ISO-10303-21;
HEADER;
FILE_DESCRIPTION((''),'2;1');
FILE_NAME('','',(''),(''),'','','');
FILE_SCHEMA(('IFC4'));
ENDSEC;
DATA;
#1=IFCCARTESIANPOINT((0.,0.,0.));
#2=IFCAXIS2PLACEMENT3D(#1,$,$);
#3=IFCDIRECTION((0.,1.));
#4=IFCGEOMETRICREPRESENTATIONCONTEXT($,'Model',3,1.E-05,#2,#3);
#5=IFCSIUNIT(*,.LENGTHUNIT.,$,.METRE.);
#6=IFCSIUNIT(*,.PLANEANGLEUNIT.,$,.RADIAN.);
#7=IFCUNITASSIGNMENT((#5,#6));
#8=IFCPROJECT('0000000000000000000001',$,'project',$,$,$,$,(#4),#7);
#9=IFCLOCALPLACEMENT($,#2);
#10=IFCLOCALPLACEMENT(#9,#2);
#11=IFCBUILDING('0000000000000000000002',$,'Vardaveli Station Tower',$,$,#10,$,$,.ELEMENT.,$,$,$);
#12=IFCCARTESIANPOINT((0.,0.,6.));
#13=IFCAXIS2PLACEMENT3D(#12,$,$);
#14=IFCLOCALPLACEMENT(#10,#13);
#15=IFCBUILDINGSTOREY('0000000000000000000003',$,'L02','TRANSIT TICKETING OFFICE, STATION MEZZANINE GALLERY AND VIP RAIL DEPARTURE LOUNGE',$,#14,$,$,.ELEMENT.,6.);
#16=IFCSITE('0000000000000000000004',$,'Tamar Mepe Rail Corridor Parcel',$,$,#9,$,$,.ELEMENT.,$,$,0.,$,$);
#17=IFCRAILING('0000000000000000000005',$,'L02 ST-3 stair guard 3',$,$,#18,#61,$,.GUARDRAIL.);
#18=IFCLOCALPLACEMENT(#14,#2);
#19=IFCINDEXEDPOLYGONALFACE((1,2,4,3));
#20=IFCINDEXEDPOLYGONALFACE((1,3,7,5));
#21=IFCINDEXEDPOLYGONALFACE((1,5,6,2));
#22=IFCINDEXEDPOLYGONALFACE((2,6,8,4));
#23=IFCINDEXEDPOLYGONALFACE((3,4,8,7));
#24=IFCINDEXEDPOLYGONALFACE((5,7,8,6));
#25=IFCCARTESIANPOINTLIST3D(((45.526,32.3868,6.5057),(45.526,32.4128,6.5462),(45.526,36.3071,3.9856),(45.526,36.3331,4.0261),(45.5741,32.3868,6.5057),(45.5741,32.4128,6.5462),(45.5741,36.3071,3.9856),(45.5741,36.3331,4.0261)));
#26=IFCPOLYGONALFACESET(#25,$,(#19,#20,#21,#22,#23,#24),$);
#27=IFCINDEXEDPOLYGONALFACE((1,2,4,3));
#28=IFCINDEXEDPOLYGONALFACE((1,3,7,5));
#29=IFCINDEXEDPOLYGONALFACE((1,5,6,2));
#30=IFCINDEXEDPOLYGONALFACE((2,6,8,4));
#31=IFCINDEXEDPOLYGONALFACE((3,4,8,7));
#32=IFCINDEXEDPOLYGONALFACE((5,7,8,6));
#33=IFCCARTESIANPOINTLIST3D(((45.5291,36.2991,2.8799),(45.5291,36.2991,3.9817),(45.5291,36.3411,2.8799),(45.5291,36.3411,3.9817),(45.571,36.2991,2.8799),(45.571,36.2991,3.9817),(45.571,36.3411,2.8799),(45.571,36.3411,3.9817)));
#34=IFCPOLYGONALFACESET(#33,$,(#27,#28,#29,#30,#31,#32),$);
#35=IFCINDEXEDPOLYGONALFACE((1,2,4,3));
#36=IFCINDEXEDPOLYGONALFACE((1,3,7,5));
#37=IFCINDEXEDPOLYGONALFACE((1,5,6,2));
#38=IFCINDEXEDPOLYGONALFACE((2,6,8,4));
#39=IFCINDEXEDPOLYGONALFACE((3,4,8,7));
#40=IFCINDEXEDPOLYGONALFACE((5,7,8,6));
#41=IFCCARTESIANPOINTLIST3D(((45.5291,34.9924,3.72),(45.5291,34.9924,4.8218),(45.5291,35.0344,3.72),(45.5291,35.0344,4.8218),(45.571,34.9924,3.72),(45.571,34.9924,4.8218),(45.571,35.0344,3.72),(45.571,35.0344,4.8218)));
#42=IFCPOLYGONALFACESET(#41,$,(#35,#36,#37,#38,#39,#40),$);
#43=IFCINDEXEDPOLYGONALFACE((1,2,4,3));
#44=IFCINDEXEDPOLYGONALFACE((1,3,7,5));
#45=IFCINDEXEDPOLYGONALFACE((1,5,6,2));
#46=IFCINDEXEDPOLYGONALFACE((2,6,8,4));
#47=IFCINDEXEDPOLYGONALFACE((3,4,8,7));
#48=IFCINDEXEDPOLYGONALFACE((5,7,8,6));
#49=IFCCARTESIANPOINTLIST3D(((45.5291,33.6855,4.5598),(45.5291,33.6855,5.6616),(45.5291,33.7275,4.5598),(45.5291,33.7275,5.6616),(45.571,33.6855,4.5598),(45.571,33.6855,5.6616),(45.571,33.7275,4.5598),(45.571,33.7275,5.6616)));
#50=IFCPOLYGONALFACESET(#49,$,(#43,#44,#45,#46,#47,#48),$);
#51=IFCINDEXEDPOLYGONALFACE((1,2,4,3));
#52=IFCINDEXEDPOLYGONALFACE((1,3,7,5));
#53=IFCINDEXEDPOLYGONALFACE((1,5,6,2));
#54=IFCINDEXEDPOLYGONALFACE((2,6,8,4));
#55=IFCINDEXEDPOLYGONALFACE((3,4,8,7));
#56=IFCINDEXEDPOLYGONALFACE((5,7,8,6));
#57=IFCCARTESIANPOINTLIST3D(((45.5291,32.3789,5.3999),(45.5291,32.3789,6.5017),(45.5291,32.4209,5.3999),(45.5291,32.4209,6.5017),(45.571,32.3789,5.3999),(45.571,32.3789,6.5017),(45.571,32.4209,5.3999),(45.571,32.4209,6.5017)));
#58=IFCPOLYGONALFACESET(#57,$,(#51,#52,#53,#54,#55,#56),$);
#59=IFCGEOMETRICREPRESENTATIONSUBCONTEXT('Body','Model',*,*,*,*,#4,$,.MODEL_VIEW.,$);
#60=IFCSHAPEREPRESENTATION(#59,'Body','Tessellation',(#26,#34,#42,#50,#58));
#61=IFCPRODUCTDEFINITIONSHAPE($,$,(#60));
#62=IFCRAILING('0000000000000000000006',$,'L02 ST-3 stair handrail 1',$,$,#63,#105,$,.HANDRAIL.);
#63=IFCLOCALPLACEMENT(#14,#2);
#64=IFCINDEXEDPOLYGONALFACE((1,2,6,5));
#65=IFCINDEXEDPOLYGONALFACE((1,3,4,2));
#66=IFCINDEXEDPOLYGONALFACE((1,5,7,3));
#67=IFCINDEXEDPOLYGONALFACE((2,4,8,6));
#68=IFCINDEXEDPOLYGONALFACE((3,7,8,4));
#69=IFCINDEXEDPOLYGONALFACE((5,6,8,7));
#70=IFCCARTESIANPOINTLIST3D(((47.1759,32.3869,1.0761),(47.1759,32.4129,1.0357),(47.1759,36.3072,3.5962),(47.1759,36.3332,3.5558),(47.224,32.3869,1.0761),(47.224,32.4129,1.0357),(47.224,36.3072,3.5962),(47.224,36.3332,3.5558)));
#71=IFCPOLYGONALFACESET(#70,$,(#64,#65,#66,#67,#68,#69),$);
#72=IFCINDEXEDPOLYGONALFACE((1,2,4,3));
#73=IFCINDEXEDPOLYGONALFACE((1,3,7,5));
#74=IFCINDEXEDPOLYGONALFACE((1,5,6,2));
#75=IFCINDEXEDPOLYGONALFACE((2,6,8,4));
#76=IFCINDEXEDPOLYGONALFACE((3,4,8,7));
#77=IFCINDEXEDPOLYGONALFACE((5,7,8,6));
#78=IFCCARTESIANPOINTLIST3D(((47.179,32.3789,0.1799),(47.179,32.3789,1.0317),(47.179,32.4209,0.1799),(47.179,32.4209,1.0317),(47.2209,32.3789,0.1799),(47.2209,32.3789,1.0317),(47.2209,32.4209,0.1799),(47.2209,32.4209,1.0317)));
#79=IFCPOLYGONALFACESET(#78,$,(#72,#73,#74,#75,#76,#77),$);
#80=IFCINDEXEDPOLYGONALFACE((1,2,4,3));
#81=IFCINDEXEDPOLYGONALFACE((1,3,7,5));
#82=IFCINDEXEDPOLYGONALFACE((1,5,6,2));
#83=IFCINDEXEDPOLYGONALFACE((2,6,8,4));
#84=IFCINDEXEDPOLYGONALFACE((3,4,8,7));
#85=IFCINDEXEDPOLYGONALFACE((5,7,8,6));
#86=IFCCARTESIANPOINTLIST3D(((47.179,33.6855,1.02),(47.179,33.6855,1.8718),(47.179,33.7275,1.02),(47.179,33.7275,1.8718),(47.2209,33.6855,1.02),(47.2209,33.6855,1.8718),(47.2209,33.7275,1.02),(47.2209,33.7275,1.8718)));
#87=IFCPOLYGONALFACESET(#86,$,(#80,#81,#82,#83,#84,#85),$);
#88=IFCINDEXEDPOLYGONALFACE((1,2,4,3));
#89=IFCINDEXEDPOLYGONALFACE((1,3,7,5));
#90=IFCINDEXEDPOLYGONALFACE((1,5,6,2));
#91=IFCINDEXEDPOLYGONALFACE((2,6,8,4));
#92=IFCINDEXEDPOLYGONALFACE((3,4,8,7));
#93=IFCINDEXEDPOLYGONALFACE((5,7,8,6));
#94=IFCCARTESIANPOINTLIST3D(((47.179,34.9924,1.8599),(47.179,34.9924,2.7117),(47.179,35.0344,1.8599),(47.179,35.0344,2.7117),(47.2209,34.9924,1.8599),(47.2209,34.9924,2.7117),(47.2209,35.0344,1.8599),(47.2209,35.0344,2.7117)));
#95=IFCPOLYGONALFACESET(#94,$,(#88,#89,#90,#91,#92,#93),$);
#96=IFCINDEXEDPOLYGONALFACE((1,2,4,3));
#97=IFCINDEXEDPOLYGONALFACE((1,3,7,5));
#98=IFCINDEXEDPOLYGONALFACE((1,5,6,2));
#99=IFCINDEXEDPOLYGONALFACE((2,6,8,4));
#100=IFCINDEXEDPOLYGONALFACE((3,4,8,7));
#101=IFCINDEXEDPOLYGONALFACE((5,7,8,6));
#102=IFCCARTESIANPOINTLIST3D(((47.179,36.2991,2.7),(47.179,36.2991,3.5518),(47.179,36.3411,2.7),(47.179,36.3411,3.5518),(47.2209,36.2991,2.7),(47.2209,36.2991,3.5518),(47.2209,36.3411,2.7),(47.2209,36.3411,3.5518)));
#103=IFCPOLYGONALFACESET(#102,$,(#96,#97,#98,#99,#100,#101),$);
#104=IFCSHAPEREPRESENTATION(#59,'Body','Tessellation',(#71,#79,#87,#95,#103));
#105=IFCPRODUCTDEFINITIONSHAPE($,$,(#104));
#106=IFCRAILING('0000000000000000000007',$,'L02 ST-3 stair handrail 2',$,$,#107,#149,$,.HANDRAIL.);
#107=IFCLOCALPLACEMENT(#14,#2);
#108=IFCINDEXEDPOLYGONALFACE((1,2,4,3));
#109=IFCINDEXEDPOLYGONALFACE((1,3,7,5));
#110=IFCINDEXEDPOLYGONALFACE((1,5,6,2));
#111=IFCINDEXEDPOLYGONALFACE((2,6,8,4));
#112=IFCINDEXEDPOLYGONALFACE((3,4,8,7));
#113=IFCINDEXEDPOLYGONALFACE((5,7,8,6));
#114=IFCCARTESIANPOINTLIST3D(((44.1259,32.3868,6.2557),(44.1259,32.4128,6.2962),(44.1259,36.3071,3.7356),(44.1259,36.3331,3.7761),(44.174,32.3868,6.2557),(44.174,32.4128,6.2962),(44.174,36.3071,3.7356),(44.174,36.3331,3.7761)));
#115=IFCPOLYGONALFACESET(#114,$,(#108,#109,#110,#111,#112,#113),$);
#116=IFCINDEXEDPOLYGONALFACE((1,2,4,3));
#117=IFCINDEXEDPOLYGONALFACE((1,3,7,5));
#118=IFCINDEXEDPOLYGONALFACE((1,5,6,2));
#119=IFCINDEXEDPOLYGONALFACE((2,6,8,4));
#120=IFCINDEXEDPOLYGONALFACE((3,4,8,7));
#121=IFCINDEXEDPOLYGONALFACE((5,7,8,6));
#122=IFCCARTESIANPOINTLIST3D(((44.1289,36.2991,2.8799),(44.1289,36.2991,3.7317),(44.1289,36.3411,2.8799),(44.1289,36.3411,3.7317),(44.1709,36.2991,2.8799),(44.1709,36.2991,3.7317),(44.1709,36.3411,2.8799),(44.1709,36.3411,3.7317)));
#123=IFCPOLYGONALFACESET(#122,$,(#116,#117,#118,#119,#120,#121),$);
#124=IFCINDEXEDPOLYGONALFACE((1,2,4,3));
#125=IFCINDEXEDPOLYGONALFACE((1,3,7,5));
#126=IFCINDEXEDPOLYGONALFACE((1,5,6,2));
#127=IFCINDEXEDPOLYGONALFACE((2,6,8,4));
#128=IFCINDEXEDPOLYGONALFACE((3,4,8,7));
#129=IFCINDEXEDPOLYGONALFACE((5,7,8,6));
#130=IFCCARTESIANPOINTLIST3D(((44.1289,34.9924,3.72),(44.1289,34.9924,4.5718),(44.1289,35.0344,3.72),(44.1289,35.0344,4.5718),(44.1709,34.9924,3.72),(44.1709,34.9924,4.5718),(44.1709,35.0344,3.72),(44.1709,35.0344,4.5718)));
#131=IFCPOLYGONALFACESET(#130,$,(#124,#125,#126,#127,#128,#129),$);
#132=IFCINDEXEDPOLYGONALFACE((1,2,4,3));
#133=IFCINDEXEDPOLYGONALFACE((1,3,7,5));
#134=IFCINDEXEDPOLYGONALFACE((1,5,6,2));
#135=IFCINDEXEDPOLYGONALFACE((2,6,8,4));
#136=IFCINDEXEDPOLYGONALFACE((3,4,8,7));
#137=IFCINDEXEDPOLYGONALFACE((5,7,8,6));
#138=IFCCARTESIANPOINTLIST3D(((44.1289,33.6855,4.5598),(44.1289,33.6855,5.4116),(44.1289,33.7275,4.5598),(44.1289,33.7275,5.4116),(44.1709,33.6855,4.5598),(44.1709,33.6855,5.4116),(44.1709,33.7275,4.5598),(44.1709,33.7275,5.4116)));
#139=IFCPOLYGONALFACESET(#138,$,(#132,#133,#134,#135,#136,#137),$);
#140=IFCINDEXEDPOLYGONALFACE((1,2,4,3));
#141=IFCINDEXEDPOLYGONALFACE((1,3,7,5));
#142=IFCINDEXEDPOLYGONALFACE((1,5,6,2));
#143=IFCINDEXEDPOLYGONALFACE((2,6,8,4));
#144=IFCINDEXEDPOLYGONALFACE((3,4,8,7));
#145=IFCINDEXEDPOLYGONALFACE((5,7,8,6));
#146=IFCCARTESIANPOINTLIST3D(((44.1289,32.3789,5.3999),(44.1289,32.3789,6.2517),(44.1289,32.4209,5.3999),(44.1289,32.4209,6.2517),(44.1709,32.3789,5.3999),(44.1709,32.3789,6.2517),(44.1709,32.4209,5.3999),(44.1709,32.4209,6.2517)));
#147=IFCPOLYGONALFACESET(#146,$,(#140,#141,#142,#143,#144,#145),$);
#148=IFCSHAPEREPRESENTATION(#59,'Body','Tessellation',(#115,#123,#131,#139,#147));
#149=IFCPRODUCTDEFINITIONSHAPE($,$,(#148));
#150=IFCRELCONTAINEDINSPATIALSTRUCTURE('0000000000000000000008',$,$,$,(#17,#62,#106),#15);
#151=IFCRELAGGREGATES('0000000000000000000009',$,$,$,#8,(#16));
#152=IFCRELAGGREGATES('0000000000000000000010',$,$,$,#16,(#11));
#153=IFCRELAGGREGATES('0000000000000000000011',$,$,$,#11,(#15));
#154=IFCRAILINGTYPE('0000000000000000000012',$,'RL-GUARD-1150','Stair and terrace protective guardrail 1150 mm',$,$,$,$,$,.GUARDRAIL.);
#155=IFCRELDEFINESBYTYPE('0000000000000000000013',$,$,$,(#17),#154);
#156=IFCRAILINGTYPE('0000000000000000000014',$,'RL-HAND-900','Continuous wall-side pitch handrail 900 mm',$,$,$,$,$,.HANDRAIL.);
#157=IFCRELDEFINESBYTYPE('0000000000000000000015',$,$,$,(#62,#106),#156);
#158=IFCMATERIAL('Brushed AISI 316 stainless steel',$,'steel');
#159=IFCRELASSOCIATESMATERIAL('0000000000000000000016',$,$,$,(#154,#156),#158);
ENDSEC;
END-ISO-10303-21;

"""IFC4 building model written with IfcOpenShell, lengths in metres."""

from ifc_helpers import new_model, si_unit, direction, frame, origin, origin_2d, place, context, subcontext, project, spatial, rectangle, extrude, source, transform, mapped, material, type_object, element, save


model = new_model("IFC4")

# Units and contexts
model_context = context("Model", 3, precision=1e-05, world=origin(), true_north=direction((0.0, 1.0)))
body_context = subcontext(model_context, "Body", "Model", "MODEL_VIEW")
ifc_project = project(units=[si_unit("LENGTHUNIT", "METRE"), si_unit("PLANEANGLEUNIT", "RADIAN")], contexts=[model_context])

# Site, building, storey
site_placement = place(None, origin())
site = spatial("IfcSite", under=ifc_project, at=site_placement, Name="Tamar Mepe Rail Corridor Parcel", CompositionType="ELEMENT", RefElevation=0.0)
building_placement = place(site_placement, origin())
building = spatial("IfcBuilding", under=site, at=building_placement, Name="Vardaveli Station Tower", CompositionType="ELEMENT")
storey_placement = place(building_placement, frame((0.0, 0.0, 6.0)))
storey = spatial("IfcBuildingStorey", under=building, at=storey_placement, Name="L02", Description="TRANSIT TICKETING OFFICE, STATION MEZZANINE GALLERY AND VIP RAIL DEPARTURE LOUNGE", CompositionType="ELEMENT", Elevation=6.0)

# Railings
ifc_material_1 = material(Name="Brushed AISI 316 stainless steel", Category="steel")
railing_type_1 = type_object("IfcRailingType", Name="RL-GUARD-1150", Description="Stair and terrace protective guardrail 1150 mm", PredefinedType="GUARDRAIL", material=ifc_material_1)
shared_shape_1 = source(origin(), body_context, "Body", "SweptSolid", [
    extrude(rectangle(XDim=0.0481, YDim=0.0481, at=origin_2d()), frame((0.0, 0.0, 1.126), z_axis=(0.0, -0.841187, 0.540744), x_axis=(1.0, 0.0, 0.0)), (0.0, 0.0, 1.0), 4.6604),
    extrude(rectangle(XDim=0.042, YDim=0.042, at=origin_2d()), origin(), (0.0, 0.0, 1.0), 1.1018),
    extrude(rectangle(XDim=0.042, YDim=0.042, at=origin_2d()), frame((0.0, -1.3066, 0.8401)), (0.0, 0.0, 1.0), 1.1018),
    extrude(rectangle(XDim=0.042, YDim=0.042, at=origin_2d()), frame((0.0, -2.6135, 1.6799)), (0.0, 0.0, 1.0), 1.1018),
    extrude(rectangle(XDim=0.042, YDim=0.042, at=origin_2d()), frame((0.0, -3.9202, 2.52)), (0.0, 0.0, 1.0), 1.1018),
])
railing_1_placement = place(storey_placement, frame((45.55, 36.3201, 2.8799)))
element("IfcRailing", 1, at=railing_1_placement, inside=storey, type_object=railing_type_1, Name="L02 ST-3 stair guard 3", PredefinedType="GUARDRAIL", context=body_context, shape_type="MappedRepresentation", body=[
    mapped(shared_shape_1, transform((0.0, 0.0, 0.0), scale=1.0)),
])
railing_type_2 = type_object("IfcRailingType", Name="RL-HAND-900", Description="Continuous wall-side pitch handrail 900 mm", PredefinedType="HANDRAIL", material=ifc_material_1)
shared_shape_2 = source(origin(), body_context, "Body", "SweptSolid", [
    extrude(rectangle(XDim=0.0481, YDim=0.0481, at=origin_2d()), frame((0.0, 0.0, 0.876), z_axis=(0.0, 0.841187, 0.540744), x_axis=(-1.0, 0.0, 0.0)), (0.0, 0.0, 1.0), 4.6604),
    extrude(rectangle(XDim=0.042, YDim=0.042, at=origin_2d()), origin(), (0.0, 0.0, 1.0), 0.8518),
    extrude(rectangle(XDim=0.042, YDim=0.042, at=origin_2d()), frame((0.0, 1.3066, 0.8401)), (0.0, 0.0, 1.0), 0.8518),
    extrude(rectangle(XDim=0.042, YDim=0.042, at=origin_2d()), frame((0.0, 2.6135, 1.6799)), (0.0, 0.0, 1.0), 0.8518),
    extrude(rectangle(XDim=0.042, YDim=0.042, at=origin_2d()), frame((0.0, 3.9202, 2.52)), (0.0, 0.0, 1.0), 0.8518),
])
railing_2_placement = place(storey_placement, frame((47.2, 32.3999, 0.1799)))
element("IfcRailing", 2, at=railing_2_placement, inside=storey, type_object=railing_type_2, Name="L02 ST-3 stair handrail 1", PredefinedType="HANDRAIL", context=body_context, shape_type="MappedRepresentation", body=[
    mapped(shared_shape_2, transform((0.0, 0.0, 0.0), scale=1.0)),
])
shared_shape_3 = source(origin(), body_context, "Body", "SweptSolid", [
    extrude(rectangle(XDim=0.0481, YDim=0.0481, at=origin_2d()), frame((0.0, 0.0, 0.876), z_axis=(0.0, -0.841187, 0.540744), x_axis=(1.0, 0.0, 0.0)), (0.0, 0.0, 1.0), 4.6604),
    extrude(rectangle(XDim=0.042, YDim=0.042, at=origin_2d()), origin(), (0.0, 0.0, 1.0), 0.8518),
    extrude(rectangle(XDim=0.042, YDim=0.042, at=origin_2d()), frame((0.0, -1.3066, 0.8401)), (0.0, 0.0, 1.0), 0.8518),
    extrude(rectangle(XDim=0.042, YDim=0.042, at=origin_2d()), frame((0.0, -2.6135, 1.6799)), (0.0, 0.0, 1.0), 0.8518),
    extrude(rectangle(XDim=0.042, YDim=0.042, at=origin_2d()), frame((0.0, -3.9202, 2.52)), (0.0, 0.0, 1.0), 0.8518),
])
railing_3_placement = place(storey_placement, frame((44.1499, 36.3201, 2.8799)))
element("IfcRailing", 3, at=railing_3_placement, inside=storey, type_object=railing_type_2, Name="L02 ST-3 stair handrail 2", PredefinedType="HANDRAIL", context=body_context, shape_type="MappedRepresentation", body=[
    mapped(shared_shape_3, transform((0.0, 0.0, 0.0), scale=1.0)),
])

save(model, "model.ifc")
